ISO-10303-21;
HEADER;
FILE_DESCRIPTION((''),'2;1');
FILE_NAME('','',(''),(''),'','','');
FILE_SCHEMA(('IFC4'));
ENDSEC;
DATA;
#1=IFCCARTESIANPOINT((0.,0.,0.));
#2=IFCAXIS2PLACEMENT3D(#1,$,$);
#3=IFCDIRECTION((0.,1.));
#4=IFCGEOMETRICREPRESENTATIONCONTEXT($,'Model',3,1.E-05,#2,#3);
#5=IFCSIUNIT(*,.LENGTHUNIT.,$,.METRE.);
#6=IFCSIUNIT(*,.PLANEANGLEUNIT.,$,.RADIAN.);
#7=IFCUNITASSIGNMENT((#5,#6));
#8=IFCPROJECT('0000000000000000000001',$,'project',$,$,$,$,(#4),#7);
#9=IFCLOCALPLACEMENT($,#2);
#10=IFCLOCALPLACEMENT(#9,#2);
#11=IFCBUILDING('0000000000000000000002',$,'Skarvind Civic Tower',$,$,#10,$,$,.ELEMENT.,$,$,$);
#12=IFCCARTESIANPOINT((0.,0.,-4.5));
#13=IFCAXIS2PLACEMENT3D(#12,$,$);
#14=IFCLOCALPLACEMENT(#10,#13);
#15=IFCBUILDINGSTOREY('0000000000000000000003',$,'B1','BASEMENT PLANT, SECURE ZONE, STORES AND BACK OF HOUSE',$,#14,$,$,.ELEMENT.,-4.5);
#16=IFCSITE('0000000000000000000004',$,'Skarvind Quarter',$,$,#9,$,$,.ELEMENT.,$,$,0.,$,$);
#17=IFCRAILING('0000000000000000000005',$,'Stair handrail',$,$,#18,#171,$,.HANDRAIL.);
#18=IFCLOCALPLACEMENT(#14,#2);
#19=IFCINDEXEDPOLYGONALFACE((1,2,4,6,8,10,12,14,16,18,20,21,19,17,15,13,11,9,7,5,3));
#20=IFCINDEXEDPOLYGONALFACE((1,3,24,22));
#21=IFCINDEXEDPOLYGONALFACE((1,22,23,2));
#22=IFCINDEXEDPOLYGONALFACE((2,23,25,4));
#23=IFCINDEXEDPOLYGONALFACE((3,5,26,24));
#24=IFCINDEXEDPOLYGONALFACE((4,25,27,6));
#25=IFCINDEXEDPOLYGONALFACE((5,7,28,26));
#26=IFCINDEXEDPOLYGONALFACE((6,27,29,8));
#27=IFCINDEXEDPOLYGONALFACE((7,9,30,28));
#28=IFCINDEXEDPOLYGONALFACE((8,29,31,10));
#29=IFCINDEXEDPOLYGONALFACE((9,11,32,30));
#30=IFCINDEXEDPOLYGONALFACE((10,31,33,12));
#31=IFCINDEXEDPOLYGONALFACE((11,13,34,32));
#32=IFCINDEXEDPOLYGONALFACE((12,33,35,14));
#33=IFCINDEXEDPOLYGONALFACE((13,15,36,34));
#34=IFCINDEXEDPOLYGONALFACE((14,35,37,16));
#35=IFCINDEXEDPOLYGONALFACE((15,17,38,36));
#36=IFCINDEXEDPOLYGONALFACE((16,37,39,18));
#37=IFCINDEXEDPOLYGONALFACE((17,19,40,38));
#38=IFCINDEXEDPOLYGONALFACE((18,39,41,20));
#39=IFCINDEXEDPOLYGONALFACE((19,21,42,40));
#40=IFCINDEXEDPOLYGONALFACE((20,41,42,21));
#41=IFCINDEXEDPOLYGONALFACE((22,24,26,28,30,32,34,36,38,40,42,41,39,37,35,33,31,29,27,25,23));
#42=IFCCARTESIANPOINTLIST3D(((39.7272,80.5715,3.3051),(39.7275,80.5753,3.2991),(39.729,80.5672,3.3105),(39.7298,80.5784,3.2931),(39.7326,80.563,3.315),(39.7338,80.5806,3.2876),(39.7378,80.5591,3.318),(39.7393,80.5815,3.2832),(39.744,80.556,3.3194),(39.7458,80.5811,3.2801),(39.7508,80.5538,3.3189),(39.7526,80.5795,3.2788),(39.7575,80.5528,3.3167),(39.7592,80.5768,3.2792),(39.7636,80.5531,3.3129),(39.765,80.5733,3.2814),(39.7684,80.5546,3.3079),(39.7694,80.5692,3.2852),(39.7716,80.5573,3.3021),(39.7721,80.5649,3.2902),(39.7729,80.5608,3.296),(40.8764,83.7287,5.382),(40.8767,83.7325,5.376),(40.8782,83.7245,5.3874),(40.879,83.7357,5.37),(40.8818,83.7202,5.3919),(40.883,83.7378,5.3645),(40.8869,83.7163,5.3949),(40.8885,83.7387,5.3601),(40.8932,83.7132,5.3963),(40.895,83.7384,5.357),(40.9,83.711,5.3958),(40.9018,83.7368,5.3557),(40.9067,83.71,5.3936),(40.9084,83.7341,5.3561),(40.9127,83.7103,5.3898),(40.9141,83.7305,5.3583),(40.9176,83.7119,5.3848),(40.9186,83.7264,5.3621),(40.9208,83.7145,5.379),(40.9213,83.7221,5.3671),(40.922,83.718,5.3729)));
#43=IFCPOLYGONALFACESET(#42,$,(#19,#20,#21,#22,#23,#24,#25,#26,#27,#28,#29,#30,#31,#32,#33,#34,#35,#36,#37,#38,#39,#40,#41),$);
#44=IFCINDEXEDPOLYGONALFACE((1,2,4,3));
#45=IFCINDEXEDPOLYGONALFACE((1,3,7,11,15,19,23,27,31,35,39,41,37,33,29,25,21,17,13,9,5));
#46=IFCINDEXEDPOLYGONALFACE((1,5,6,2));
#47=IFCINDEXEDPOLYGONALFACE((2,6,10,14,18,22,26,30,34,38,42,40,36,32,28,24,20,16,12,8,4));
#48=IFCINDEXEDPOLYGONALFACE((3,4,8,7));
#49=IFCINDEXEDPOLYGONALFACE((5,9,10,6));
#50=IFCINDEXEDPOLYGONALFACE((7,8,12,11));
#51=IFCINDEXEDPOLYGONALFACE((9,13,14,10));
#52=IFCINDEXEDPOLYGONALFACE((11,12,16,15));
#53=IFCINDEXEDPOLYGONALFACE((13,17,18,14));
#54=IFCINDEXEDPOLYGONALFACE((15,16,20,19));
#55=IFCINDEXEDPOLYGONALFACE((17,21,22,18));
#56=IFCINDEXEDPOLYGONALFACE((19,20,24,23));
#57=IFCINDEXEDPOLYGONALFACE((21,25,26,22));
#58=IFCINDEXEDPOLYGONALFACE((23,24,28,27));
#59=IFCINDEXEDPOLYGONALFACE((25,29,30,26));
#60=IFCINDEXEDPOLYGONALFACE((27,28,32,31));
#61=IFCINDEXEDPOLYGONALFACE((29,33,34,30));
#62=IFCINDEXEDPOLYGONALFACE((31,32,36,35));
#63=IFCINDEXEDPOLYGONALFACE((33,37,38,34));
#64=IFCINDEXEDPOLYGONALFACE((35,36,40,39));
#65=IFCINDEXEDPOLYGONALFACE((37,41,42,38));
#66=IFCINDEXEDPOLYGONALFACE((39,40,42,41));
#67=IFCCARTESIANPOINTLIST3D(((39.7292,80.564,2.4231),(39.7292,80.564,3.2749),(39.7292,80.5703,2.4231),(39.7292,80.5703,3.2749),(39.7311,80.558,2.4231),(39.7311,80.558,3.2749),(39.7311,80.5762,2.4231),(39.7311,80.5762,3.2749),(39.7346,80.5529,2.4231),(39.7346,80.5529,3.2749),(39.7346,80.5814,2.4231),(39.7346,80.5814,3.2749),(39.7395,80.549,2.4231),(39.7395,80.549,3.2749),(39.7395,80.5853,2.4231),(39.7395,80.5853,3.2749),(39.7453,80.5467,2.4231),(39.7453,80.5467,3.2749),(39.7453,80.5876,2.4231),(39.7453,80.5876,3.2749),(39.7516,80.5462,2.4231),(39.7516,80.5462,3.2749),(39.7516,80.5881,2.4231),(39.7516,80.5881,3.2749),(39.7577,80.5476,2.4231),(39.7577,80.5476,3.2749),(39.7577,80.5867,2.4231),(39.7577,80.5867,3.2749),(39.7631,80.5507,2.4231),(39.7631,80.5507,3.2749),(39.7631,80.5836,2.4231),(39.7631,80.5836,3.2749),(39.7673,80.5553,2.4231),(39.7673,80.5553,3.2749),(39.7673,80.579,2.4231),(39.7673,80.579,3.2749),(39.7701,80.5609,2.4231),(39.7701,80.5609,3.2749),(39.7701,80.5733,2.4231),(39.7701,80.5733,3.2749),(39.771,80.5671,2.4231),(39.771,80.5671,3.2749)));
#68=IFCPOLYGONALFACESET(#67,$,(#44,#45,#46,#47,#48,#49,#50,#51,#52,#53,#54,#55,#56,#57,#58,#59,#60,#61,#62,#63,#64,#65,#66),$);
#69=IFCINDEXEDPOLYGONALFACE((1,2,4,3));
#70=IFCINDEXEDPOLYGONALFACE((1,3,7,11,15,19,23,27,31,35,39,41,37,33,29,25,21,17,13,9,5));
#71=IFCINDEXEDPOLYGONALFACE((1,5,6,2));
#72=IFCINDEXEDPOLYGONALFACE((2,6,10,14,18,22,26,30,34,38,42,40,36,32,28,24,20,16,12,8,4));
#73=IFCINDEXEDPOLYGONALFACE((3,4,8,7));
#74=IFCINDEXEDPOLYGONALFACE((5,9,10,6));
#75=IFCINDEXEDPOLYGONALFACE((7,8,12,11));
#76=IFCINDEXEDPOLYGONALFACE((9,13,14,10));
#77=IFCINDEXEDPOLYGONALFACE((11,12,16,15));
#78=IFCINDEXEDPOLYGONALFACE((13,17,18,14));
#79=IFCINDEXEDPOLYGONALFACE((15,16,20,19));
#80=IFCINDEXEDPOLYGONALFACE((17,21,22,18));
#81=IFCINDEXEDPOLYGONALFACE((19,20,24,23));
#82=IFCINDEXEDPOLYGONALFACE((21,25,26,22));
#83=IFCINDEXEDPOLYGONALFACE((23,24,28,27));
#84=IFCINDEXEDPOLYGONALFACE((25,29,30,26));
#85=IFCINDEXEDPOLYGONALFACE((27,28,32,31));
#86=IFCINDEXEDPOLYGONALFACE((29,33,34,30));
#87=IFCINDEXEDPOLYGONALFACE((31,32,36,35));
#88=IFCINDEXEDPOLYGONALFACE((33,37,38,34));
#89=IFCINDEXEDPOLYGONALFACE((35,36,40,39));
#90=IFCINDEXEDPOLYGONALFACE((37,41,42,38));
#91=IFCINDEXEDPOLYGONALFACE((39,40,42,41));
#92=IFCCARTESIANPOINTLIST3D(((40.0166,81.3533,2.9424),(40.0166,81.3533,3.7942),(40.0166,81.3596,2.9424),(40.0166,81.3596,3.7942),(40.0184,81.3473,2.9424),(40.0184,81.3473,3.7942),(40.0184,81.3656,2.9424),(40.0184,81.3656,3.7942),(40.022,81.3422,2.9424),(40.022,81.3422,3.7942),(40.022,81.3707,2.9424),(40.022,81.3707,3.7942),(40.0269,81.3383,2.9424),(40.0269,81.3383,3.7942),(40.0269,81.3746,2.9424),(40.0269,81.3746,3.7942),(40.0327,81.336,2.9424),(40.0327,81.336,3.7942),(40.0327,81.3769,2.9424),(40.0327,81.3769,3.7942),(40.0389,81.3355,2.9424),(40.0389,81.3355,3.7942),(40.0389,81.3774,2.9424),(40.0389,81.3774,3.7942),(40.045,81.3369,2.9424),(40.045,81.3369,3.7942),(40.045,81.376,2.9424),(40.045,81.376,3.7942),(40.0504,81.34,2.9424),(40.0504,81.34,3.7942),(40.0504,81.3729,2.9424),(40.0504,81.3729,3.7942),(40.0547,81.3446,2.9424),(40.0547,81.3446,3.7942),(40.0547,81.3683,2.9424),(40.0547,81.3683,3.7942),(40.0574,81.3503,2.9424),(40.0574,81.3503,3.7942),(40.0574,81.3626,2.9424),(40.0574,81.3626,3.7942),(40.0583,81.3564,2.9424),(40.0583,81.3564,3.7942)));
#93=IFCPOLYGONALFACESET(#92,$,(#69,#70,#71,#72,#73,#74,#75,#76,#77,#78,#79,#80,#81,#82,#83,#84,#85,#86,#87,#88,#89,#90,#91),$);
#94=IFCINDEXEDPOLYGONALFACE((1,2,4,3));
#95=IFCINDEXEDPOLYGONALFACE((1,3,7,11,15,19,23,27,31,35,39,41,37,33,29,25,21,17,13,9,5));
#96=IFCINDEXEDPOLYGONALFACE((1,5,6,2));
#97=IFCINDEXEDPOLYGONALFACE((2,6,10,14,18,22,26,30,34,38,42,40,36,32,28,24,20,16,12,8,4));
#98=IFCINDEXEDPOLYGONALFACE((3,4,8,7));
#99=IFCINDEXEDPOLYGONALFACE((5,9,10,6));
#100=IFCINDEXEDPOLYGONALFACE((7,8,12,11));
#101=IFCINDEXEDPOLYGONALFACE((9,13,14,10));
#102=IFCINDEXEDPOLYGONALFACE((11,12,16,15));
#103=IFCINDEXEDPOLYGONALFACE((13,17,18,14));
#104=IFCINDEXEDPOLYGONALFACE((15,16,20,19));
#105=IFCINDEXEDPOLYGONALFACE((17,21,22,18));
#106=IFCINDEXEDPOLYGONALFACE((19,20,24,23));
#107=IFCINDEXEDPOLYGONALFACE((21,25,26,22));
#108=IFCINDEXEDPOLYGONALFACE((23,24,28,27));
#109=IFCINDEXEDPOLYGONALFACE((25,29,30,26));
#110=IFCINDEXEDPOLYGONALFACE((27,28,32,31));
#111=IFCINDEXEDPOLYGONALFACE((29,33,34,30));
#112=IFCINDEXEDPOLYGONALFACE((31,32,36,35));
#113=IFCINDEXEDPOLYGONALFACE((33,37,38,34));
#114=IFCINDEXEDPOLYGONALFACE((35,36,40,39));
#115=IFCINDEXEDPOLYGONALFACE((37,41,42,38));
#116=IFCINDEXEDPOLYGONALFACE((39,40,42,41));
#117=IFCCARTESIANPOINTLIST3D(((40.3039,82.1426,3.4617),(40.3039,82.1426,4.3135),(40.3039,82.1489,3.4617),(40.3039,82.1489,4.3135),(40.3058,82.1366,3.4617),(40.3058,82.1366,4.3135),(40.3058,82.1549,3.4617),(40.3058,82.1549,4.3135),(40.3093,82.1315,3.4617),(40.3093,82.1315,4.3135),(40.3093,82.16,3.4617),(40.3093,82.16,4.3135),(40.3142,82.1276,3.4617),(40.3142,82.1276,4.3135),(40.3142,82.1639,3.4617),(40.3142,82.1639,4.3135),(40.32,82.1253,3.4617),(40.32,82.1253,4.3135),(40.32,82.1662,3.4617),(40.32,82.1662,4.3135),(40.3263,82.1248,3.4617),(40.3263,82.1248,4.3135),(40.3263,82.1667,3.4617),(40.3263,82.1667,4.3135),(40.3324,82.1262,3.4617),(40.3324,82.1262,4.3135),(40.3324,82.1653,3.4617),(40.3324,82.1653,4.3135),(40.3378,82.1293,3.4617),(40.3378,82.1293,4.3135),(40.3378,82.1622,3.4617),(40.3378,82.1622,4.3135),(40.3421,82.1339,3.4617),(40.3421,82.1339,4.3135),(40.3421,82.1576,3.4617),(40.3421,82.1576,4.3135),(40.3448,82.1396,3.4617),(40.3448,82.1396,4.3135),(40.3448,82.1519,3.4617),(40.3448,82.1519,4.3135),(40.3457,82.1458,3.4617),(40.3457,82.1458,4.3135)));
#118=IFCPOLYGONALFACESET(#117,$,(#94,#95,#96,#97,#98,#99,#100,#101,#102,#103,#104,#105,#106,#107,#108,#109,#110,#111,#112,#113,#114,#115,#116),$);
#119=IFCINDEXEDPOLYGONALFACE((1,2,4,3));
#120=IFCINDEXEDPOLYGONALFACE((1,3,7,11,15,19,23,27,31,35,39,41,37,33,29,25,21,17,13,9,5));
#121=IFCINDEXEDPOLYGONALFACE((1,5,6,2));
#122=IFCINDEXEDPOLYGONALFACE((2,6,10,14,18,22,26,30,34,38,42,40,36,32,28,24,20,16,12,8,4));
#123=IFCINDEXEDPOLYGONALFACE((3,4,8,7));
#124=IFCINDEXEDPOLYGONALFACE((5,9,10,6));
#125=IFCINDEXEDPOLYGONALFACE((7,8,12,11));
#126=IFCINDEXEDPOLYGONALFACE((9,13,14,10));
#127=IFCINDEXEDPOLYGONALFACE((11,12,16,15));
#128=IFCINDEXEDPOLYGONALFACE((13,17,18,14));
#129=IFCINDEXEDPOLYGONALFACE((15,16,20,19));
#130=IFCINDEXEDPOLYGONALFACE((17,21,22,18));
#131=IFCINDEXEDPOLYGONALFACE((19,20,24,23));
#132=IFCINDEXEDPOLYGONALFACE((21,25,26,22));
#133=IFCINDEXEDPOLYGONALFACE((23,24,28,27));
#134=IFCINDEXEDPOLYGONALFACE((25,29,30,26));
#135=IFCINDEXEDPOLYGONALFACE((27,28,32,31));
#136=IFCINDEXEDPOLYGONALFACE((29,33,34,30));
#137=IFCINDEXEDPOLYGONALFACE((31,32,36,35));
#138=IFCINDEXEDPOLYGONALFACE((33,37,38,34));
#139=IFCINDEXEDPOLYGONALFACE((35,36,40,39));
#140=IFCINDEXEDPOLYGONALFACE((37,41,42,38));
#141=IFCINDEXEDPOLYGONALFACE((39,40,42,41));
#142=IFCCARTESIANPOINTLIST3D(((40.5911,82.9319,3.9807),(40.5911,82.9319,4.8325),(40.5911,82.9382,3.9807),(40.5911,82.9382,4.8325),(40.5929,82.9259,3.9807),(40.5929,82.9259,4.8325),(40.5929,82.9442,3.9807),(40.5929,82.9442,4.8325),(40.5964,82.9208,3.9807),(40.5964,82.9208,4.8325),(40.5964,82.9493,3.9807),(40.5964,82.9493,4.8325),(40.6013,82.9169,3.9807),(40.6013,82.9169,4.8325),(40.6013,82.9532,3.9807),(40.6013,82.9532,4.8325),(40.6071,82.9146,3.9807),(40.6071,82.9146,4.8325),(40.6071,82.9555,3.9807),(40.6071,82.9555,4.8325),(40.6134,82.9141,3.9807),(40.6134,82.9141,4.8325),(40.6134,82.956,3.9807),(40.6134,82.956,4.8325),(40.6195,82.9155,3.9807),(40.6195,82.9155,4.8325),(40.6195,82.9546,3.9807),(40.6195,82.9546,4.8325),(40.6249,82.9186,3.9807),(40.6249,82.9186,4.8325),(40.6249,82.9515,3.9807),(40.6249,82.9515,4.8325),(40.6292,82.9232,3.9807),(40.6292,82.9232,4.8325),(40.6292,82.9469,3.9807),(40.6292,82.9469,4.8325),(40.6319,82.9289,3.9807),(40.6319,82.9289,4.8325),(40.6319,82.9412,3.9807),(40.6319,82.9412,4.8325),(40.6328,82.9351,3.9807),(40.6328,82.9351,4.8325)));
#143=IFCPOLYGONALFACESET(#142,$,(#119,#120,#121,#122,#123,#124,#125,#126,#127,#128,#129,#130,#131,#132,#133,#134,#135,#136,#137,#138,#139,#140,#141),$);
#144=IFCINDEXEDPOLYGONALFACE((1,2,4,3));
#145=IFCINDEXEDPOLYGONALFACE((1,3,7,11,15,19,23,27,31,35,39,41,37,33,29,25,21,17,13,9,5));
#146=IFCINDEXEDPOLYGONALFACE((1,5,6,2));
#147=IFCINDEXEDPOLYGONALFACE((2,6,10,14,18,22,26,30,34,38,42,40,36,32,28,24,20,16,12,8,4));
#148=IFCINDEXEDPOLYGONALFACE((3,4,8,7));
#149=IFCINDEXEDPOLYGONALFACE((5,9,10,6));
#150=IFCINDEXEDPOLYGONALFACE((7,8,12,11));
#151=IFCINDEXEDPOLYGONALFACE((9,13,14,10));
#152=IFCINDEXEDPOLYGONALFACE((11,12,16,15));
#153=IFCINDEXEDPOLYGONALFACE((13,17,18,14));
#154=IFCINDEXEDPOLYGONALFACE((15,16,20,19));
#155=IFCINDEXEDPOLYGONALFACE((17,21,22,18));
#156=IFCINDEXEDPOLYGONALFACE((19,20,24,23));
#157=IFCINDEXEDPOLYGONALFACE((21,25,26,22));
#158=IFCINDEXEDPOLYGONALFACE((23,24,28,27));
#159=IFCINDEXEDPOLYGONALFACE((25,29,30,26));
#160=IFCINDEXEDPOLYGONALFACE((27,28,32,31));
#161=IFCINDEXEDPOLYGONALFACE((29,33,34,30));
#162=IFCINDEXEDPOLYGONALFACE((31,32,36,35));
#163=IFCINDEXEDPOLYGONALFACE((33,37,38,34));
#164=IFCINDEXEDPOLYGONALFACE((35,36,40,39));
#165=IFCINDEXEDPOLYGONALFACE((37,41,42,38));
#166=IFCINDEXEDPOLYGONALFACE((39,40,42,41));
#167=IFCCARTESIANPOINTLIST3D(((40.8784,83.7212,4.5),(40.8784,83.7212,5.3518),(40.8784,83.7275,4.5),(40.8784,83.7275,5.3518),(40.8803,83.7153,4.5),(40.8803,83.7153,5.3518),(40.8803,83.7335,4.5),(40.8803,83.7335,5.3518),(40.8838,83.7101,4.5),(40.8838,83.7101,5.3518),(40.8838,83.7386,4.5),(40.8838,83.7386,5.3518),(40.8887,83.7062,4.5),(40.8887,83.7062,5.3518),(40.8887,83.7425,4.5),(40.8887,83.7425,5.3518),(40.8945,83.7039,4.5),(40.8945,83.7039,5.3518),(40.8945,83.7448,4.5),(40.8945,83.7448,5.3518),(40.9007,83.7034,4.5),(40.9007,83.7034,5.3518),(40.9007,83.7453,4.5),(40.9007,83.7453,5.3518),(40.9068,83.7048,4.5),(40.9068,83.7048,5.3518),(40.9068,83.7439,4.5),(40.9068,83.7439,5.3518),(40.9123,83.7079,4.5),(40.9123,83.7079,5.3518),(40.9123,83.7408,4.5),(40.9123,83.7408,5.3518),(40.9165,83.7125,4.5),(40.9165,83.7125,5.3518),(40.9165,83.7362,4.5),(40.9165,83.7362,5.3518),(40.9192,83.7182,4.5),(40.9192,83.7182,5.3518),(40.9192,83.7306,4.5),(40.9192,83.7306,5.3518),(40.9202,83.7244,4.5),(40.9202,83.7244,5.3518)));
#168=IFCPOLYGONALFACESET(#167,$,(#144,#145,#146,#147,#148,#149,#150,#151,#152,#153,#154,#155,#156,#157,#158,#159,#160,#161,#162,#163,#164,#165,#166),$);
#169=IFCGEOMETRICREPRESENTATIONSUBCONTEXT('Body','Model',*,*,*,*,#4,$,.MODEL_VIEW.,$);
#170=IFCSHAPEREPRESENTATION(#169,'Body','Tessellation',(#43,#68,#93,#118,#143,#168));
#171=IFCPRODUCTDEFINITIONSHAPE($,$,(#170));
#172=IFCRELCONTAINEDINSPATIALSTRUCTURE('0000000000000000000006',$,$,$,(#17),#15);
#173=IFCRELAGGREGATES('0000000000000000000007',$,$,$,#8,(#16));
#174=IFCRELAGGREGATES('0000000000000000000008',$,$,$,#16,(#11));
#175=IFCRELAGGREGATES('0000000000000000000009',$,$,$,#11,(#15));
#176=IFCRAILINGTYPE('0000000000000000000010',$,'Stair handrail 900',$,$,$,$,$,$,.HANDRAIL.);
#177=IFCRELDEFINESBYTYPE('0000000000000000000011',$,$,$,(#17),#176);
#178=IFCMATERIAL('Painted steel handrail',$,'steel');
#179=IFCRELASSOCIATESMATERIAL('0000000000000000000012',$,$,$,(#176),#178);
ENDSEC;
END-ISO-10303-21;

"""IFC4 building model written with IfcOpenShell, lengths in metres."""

from ifc_helpers import new_model, si_unit, direction, frame, origin, origin_2d, place, context, subcontext, project, spatial, circle, extrude, material, type_object, element, save


model = new_model("IFC4")

# Units and contexts
model_context = context("Model", 3, precision=1e-05, world=origin(), true_north=direction((0.0, 1.0)))
body_context = subcontext(model_context, "Body", "Model", "MODEL_VIEW")
ifc_project = project(units=[si_unit("LENGTHUNIT", "METRE"), si_unit("PLANEANGLEUNIT", "RADIAN")], contexts=[model_context])

# Site, building, storey
site_placement = place(None, origin())
site = spatial("IfcSite", under=ifc_project, at=site_placement, Name="Skarvind Quarter", CompositionType="ELEMENT", RefElevation=0.0)
building_placement = place(site_placement, origin())
building = spatial("IfcBuilding", under=site, at=building_placement, Name="Skarvind Civic Tower", CompositionType="ELEMENT")
storey_placement = place(building_placement, frame((0.0, 0.0, -4.5)))
storey = spatial("IfcBuildingStorey", under=building, at=storey_placement, Name="B1", Description="BASEMENT PLANT, SECURE ZONE, STORES AND BACK OF HOUSE", CompositionType="ELEMENT", Elevation=-4.5)

# Railing
ifc_material_1 = material(Name="Painted steel handrail", Category="steel")
railing_type = type_object("IfcRailingType", Name="Stair handrail 900", PredefinedType="HANDRAIL", material=ifc_material_1)
railing_1_placement = place(storey_placement, frame((39.75, 80.5671, 2.4231)))
element("IfcRailing", 1, at=railing_1_placement, inside=storey, type_object=railing_type, Name="Stair handrail", PredefinedType="HANDRAIL", context=body_context, shape_type="SweptSolid", body=[
    extrude(circle(Radius=0.0239, at=origin_2d()), frame((0.0, 0.0, 0.876), z_axis=(0.290932, 0.799305, 0.525804), x_axis=(-0.939689, 0.342029, 0.0)), (0.0, 0.0, 1.0), 3.95),
    extrude(circle(Radius=0.021, at=origin_2d()), origin(), (0.0, 0.0, 1.0), 0.8518),
    extrude(circle(Radius=0.021, at=origin_2d()), frame((0.2874, 0.7893, 0.5193)), (0.0, 0.0, 1.0), 0.8518),
    extrude(circle(Radius=0.021, at=origin_2d()), frame((0.5747, 1.5786, 1.0386)), (0.0, 0.0, 1.0), 0.8518),
    extrude(circle(Radius=0.021, at=origin_2d()), frame((0.8618, 2.3679, 1.5576)), (0.0, 0.0, 1.0), 0.8518),
    extrude(circle(Radius=0.021, at=origin_2d()), frame((1.1492, 3.1572, 2.0769)), (0.0, 0.0, 1.0), 0.8518),
])

save(model, "model.ifc")
